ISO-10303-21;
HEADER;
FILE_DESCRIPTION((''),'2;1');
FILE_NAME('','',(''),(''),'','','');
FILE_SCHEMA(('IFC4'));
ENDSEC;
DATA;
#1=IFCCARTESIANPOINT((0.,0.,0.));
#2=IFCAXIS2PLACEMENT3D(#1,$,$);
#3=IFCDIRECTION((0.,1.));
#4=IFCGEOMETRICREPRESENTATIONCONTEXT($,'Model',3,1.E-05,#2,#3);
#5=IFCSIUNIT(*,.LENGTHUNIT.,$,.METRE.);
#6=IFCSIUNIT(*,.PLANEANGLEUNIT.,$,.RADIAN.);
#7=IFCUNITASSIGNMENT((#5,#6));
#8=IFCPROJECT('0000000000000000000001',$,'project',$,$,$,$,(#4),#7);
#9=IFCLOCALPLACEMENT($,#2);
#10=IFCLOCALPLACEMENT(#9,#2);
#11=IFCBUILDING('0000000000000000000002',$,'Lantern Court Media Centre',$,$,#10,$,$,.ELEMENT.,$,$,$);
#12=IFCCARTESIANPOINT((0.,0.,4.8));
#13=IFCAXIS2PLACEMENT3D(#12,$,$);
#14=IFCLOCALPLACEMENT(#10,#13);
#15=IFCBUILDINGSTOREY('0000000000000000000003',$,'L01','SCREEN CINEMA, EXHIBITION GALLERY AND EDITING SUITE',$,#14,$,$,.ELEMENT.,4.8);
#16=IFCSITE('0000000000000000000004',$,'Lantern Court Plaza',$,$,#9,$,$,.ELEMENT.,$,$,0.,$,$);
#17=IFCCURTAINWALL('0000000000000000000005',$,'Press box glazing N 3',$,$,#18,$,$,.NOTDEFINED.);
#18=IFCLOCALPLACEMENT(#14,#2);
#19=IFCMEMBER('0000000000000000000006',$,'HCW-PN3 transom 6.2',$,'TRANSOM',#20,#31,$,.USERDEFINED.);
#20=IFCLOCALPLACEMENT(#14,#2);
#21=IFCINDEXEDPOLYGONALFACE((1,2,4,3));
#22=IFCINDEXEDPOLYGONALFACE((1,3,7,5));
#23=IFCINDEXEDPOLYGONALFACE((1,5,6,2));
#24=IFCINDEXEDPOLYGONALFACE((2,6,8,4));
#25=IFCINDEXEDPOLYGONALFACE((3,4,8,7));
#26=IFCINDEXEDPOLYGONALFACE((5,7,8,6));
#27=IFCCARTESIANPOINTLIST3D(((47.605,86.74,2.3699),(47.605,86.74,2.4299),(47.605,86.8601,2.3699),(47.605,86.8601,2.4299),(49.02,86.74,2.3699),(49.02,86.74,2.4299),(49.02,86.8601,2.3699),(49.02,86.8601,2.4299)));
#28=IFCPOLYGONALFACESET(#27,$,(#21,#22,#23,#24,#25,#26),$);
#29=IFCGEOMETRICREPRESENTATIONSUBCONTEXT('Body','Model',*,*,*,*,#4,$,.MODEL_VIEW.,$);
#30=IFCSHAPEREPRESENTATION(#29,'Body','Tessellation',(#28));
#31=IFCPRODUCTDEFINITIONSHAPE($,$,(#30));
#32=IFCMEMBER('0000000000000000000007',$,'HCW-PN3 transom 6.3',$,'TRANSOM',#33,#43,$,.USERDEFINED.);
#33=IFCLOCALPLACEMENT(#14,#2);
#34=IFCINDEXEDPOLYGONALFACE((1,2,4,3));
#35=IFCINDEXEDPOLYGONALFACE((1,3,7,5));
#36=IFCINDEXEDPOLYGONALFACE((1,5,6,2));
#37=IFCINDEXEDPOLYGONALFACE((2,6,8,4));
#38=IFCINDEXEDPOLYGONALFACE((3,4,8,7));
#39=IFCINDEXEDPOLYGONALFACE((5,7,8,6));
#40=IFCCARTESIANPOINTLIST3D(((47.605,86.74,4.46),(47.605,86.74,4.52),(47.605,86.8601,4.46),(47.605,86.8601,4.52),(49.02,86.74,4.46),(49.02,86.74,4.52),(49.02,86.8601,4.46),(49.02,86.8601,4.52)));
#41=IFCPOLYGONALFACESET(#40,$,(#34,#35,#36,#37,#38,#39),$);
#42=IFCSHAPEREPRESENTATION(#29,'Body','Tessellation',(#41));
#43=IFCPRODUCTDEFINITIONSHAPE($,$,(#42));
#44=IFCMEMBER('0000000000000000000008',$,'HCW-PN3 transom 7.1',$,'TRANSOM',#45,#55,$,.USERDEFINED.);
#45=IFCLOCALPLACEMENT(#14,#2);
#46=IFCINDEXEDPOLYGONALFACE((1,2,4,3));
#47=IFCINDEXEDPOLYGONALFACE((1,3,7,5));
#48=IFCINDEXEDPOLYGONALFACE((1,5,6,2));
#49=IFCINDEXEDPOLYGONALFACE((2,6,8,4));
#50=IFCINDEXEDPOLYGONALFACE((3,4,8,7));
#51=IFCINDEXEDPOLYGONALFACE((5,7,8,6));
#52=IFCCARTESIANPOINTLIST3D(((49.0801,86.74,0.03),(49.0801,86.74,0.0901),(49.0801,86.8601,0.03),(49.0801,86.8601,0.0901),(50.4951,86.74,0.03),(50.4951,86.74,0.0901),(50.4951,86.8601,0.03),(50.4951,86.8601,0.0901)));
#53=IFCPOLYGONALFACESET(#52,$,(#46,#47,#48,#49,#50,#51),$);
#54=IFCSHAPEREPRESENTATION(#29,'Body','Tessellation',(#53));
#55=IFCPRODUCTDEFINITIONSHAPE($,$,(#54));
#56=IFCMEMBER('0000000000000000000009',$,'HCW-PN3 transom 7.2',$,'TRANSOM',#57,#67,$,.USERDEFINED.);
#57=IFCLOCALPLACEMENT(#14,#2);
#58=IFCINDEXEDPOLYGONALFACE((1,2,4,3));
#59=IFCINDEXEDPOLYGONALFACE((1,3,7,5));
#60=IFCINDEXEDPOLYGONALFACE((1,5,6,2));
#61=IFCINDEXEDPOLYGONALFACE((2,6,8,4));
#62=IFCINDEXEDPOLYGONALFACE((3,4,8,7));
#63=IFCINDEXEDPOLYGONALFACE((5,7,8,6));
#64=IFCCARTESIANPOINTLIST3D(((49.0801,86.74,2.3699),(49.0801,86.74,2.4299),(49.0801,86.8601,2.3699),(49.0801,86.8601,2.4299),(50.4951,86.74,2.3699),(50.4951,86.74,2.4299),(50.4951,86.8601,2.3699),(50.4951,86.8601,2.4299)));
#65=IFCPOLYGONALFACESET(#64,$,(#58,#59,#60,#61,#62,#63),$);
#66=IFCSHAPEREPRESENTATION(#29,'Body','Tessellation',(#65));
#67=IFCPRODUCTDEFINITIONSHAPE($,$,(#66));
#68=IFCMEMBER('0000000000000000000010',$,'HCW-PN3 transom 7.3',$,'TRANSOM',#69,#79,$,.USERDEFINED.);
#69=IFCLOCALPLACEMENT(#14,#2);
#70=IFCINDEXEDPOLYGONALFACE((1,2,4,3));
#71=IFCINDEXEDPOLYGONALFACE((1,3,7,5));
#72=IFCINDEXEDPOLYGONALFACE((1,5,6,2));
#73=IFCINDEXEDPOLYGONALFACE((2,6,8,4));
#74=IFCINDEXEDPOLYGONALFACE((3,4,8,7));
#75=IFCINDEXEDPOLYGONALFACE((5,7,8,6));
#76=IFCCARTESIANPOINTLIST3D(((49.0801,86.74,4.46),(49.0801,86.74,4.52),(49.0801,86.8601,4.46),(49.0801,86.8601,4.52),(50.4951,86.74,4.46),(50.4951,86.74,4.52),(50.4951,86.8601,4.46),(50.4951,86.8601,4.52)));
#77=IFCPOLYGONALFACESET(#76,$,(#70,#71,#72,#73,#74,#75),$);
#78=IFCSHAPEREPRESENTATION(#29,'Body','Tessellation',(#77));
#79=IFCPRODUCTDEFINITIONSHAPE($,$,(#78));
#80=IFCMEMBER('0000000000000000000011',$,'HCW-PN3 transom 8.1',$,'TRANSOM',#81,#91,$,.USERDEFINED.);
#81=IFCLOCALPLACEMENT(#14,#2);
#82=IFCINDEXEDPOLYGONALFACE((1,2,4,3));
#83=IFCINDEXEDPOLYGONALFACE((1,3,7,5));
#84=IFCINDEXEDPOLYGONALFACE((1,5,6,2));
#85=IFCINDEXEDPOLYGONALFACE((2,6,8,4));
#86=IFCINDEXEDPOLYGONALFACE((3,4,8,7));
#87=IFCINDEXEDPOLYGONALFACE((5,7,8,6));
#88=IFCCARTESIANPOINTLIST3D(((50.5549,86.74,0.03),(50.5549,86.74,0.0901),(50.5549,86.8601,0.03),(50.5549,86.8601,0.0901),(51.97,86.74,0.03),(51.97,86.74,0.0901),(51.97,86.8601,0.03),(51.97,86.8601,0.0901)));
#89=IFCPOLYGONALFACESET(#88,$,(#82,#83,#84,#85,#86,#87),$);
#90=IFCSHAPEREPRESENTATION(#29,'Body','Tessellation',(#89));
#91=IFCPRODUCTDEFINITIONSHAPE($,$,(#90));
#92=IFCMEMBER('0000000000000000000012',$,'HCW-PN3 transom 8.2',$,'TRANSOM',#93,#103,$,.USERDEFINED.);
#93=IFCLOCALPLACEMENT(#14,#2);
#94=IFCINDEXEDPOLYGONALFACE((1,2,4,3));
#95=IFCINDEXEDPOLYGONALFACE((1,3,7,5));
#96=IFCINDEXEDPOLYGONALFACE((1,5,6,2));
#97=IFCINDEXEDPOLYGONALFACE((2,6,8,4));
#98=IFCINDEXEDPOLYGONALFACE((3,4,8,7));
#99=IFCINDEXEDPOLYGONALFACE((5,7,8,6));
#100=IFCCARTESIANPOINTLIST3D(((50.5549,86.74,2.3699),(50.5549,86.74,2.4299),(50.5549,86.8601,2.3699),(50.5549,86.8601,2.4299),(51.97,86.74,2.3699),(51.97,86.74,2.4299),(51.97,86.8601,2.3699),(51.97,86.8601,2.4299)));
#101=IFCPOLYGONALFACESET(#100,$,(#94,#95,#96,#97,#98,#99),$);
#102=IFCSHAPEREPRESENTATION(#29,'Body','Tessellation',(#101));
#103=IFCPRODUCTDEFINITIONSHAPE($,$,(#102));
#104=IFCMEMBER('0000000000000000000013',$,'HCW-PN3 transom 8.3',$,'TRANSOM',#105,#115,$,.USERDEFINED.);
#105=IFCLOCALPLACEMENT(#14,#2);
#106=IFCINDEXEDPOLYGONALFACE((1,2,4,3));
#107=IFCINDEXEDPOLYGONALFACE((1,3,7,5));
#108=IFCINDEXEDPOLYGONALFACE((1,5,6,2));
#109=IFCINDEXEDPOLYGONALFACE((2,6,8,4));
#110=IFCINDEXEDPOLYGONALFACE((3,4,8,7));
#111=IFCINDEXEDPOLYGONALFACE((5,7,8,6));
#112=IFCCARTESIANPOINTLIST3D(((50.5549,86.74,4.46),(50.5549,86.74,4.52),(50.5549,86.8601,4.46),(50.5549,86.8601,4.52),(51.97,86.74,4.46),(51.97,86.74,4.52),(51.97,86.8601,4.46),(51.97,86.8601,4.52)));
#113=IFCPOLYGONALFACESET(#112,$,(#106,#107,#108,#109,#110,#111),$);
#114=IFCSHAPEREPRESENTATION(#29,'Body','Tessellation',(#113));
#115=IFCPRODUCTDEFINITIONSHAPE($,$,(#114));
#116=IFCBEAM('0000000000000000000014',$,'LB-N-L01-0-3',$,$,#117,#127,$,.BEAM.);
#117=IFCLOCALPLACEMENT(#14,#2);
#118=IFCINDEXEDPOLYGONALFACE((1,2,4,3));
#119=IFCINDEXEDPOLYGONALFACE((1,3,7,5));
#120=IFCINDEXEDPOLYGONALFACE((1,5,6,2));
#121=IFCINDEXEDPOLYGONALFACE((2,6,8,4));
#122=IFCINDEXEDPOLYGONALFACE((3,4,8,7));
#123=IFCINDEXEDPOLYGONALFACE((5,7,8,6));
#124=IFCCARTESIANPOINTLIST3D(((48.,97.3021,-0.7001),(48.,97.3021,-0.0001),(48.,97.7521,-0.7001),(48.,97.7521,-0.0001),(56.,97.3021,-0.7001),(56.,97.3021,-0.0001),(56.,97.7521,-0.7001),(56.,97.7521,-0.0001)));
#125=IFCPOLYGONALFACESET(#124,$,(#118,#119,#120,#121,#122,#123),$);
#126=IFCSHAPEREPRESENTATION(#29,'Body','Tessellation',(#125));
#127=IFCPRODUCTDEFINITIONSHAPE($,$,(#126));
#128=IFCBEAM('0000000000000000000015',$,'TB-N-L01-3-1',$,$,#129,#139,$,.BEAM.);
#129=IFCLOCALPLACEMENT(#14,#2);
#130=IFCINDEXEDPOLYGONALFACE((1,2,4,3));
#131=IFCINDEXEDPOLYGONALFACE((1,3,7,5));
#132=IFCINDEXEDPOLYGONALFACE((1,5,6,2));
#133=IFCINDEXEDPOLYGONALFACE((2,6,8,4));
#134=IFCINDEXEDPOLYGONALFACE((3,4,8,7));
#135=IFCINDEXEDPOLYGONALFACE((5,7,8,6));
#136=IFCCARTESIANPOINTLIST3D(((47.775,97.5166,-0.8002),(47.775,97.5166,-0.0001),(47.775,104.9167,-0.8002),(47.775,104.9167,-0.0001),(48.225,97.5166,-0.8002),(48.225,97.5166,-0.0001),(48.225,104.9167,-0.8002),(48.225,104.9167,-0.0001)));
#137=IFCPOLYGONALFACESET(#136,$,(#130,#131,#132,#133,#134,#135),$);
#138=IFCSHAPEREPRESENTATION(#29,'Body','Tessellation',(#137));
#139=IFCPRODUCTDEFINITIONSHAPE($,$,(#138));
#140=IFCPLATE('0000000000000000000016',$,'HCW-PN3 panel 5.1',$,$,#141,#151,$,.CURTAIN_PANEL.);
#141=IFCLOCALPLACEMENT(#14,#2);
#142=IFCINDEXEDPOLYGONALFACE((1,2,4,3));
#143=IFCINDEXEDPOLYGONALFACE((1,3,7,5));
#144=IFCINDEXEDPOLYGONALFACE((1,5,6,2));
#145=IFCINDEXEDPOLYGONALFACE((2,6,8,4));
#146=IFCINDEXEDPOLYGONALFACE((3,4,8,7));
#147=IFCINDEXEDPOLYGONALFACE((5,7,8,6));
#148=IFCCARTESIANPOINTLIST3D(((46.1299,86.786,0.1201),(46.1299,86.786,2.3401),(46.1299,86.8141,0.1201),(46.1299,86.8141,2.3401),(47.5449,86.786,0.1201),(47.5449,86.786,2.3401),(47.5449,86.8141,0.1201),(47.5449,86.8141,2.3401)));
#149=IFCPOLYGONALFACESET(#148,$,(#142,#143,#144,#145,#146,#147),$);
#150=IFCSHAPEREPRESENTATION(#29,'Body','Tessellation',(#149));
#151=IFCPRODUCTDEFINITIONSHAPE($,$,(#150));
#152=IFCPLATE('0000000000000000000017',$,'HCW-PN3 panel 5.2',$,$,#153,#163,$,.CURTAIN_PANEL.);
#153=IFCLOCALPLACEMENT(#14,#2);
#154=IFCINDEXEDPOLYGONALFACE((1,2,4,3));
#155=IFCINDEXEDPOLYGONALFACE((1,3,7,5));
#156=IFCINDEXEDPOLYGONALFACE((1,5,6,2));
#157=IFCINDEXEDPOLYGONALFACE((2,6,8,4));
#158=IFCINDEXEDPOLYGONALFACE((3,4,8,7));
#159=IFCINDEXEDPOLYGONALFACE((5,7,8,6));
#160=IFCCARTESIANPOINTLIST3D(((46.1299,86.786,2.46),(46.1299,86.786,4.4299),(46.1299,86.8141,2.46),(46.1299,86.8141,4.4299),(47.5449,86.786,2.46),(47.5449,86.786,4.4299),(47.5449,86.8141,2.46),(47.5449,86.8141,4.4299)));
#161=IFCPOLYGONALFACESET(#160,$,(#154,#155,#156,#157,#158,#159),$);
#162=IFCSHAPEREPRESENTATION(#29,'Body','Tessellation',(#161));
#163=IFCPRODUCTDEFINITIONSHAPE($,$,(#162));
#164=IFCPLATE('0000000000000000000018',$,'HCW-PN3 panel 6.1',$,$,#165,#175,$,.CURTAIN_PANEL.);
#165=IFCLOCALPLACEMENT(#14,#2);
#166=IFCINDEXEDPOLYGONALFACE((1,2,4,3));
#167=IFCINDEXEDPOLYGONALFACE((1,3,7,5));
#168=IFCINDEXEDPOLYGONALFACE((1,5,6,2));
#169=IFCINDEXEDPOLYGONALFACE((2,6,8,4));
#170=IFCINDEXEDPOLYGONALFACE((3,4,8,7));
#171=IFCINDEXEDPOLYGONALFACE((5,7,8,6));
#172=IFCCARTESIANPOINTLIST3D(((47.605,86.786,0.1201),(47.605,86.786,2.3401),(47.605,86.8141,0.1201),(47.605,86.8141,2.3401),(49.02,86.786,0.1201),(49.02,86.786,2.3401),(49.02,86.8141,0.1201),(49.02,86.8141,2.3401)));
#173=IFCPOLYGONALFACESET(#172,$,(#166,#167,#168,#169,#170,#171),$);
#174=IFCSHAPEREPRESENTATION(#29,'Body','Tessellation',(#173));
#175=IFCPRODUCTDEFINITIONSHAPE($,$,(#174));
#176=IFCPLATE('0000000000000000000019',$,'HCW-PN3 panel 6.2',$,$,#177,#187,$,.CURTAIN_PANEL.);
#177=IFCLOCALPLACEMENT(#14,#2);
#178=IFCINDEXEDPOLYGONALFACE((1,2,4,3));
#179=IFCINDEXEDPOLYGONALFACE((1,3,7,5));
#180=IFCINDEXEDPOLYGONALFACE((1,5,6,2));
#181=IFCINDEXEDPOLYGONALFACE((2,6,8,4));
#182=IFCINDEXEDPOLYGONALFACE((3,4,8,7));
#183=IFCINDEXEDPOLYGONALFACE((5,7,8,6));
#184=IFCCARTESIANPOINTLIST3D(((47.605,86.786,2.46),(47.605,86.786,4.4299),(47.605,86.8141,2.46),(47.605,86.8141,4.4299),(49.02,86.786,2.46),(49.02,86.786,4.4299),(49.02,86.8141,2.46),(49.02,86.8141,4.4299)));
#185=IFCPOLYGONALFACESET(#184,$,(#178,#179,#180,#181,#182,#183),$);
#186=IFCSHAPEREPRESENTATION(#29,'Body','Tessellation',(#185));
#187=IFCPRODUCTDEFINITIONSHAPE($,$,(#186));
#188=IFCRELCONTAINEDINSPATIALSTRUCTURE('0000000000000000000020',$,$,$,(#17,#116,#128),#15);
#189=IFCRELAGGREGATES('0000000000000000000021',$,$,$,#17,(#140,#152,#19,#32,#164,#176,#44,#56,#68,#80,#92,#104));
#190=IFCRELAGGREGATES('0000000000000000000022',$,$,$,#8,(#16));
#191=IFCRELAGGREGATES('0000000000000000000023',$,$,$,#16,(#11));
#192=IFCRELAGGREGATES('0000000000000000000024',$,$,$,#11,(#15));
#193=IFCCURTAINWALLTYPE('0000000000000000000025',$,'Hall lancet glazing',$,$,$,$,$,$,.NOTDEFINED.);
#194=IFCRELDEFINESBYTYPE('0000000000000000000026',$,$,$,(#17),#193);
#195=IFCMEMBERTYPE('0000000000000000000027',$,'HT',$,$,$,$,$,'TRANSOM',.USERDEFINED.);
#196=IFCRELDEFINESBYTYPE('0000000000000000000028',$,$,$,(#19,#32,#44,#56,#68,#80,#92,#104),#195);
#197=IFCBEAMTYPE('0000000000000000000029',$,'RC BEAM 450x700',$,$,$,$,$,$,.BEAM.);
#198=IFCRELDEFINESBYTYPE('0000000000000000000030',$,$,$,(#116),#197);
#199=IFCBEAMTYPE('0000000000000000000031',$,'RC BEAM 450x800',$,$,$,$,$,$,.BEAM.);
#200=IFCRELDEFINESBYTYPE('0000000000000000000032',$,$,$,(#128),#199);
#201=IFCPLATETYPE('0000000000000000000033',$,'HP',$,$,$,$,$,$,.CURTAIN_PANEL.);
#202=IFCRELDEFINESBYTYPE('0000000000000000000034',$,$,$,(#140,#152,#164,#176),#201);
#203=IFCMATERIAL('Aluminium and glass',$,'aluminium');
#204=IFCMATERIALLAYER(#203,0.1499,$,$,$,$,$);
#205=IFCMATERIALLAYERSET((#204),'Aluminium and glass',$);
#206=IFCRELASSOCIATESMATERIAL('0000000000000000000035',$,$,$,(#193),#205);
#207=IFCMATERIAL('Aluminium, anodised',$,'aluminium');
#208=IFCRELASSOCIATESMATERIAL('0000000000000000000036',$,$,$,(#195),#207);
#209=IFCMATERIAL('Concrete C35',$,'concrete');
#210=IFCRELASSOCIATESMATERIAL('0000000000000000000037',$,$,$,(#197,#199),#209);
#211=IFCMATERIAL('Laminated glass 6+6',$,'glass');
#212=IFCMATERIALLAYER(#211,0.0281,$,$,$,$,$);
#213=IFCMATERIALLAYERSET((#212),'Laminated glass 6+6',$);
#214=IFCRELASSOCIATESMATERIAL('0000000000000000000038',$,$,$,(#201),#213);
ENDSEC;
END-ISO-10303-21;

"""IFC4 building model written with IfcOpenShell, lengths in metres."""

from ifc_helpers import new_model, si_unit, direction, frame, origin, origin_2d, place, context, subcontext, project, spatial, rectangle, extrude, material, layer, layer_set, material_profile, profile_set, type_object, element, aggregate, save


model = new_model("IFC4")

# Units and contexts
model_context = context("Model", 3, precision=1e-05, world=origin(), true_north=direction((0.0, 1.0)))
body_context = subcontext(model_context, "Body", "Model", "MODEL_VIEW")
ifc_project = project(units=[si_unit("LENGTHUNIT", "METRE"), si_unit("PLANEANGLEUNIT", "RADIAN")], contexts=[model_context])

# Site, building, storey
site_placement = place(None, origin())
site = spatial("IfcSite", under=ifc_project, at=site_placement, Name="Lantern Court Plaza", CompositionType="ELEMENT", RefElevation=0.0)
building_placement = place(site_placement, origin())
building = spatial("IfcBuilding", under=site, at=building_placement, Name="Lantern Court Media Centre", CompositionType="ELEMENT")
storey_placement = place(building_placement, frame((0.0, 0.0, 4.8)))
storey = spatial("IfcBuildingStorey", under=building, at=storey_placement, Name="L01", Description="SCREEN CINEMA, EXHIBITION GALLERY AND EDITING SUITE", CompositionType="ELEMENT", Elevation=4.8)

# Shared definitions
ifc_material_1 = material(Name="Concrete C35", Category="concrete")

# Curtain wall, members
ifc_material_2 = material(Name="Aluminium and glass", Category="aluminium")
ifc_layer_1 = layer(ifc_material_2, 0.1499)
ifc_layer_set_1 = layer_set([ifc_layer_1], Name="Aluminium and glass")
curtain_wall_type_1 = type_object("IfcCurtainWallType", Name="Hall lancet glazing", PredefinedType="NOTDEFINED", material=ifc_layer_set_1)
curtain_wall_1_placement = place(storey_placement, origin())
curtain_wall_1 = element("IfcCurtainWall", 1, at=curtain_wall_1_placement, inside=storey, type_object=curtain_wall_type_1, Name="Press box glazing N 3", PredefinedType="NOTDEFINED")
ifc_material_3 = material(Name="Aluminium, anodised", Category="aluminium")
ifc_material_profile_1 = material_profile(ifc_material_3, rectangle(XDim=0.1201, YDim=0.0601, at=origin_2d()), Name="HT")
ifc_profile_set_1 = profile_set([ifc_material_profile_1], Name="Aluminium, anodised")
member_type_1 = type_object("IfcMemberType", Name="HT", ElementType="TRANSOM", PredefinedType="USERDEFINED", material=ifc_profile_set_1)
member_1_placement = place(storey_placement, frame((47.605, 86.8, 2.3999), z_axis=(1.0, 0.0, 0.0), x_axis=(0.0, 1.0, 0.0)))
member_1 = element("IfcMember", 2, at=member_1_placement, type_object=member_type_1, Name="HCW-PN3 transom 6.2", ObjectType="TRANSOM", PredefinedType="USERDEFINED", context=body_context, shape_type="SweptSolid", body=[
    extrude(rectangle(XDim=0.1201, YDim=0.0601, at=origin_2d()), origin(), (0.0, 0.0, 1.0), 1.415),
])
member_2_placement = place(storey_placement, frame((47.605, 86.8, 4.49), z_axis=(1.0, 0.0, 0.0), x_axis=(0.0, 1.0, 0.0)))
member_2 = element("IfcMember", 3, at=member_2_placement, type_object=member_type_1, Name="HCW-PN3 transom 6.3", ObjectType="TRANSOM", PredefinedType="USERDEFINED", context=body_context, shape_type="SweptSolid", body=[
    extrude(rectangle(XDim=0.1201, YDim=0.0601, at=origin_2d()), origin(), (0.0, 0.0, 1.0), 1.415),
])
member_3_placement = place(storey_placement, frame((49.0801, 86.8, 0.0601), z_axis=(1.0, 0.0, 0.0), x_axis=(0.0, 1.0, 0.0)))
member_3 = element("IfcMember", 4, at=member_3_placement, type_object=member_type_1, Name="HCW-PN3 transom 7.1", ObjectType="TRANSOM", PredefinedType="USERDEFINED", context=body_context, shape_type="SweptSolid", body=[
    extrude(rectangle(XDim=0.1201, YDim=0.0601, at=origin_2d()), origin(), (0.0, 0.0, 1.0), 1.415),
])
member_4_placement = place(storey_placement, frame((49.0801, 86.8, 2.3999), z_axis=(1.0, 0.0, 0.0), x_axis=(0.0, 1.0, 0.0)))
member_4 = element("IfcMember", 5, at=member_4_placement, type_object=member_type_1, Name="HCW-PN3 transom 7.2", ObjectType="TRANSOM", PredefinedType="USERDEFINED", context=body_context, shape_type="SweptSolid", body=[
    extrude(rectangle(XDim=0.1201, YDim=0.0601, at=origin_2d()), origin(), (0.0, 0.0, 1.0), 1.415),
])
member_5_placement = place(storey_placement, frame((49.0801, 86.8, 4.49), z_axis=(1.0, 0.0, 0.0), x_axis=(0.0, 1.0, 0.0)))
member_5 = element("IfcMember", 6, at=member_5_placement, type_object=member_type_1, Name="HCW-PN3 transom 7.3", ObjectType="TRANSOM", PredefinedType="USERDEFINED", context=body_context, shape_type="SweptSolid", body=[
    extrude(rectangle(XDim=0.1201, YDim=0.0601, at=origin_2d()), origin(), (0.0, 0.0, 1.0), 1.415),
])
member_6_placement = place(storey_placement, frame((50.5549, 86.8, 0.0601), z_axis=(1.0, 0.0, 0.0), x_axis=(0.0, 1.0, 0.0)))
member_6 = element("IfcMember", 7, at=member_6_placement, type_object=member_type_1, Name="HCW-PN3 transom 8.1", ObjectType="TRANSOM", PredefinedType="USERDEFINED", context=body_context, shape_type="SweptSolid", body=[
    extrude(rectangle(XDim=0.1201, YDim=0.0601, at=origin_2d()), origin(), (0.0, 0.0, 1.0), 1.415),
])
member_7_placement = place(storey_placement, frame((50.5549, 86.8, 2.3999), z_axis=(1.0, 0.0, 0.0), x_axis=(0.0, 1.0, 0.0)))
member_7 = element("IfcMember", 8, at=member_7_placement, type_object=member_type_1, Name="HCW-PN3 transom 8.2", ObjectType="TRANSOM", PredefinedType="USERDEFINED", context=body_context, shape_type="SweptSolid", body=[
    extrude(rectangle(XDim=0.1201, YDim=0.0601, at=origin_2d()), origin(), (0.0, 0.0, 1.0), 1.415),
])
member_8_placement = place(storey_placement, frame((50.5549, 86.8, 4.49), z_axis=(1.0, 0.0, 0.0), x_axis=(0.0, 1.0, 0.0)))
member_8 = element("IfcMember", 9, at=member_8_placement, type_object=member_type_1, Name="HCW-PN3 transom 8.3", ObjectType="TRANSOM", PredefinedType="USERDEFINED", context=body_context, shape_type="SweptSolid", body=[
    extrude(rectangle(XDim=0.1201, YDim=0.0601, at=origin_2d()), origin(), (0.0, 0.0, 1.0), 1.415),
])

# Beams
ifc_material_profile_2 = material_profile(ifc_material_1, rectangle(XDim=0.45, YDim=0.7, at=origin_2d()), Name="RC 450x700")
ifc_profile_set_2 = profile_set([ifc_material_profile_2], Name="Concrete C35")
beam_type_1 = type_object("IfcBeamType", Name="RC BEAM 450x700", PredefinedType="BEAM", material=ifc_profile_set_2)
beam_1_placement = place(storey_placement, frame((48.0, 97.5271, -0.3501), z_axis=(1.0, 0.0, 0.0), x_axis=(0.0, 1.0, 0.0)))
element("IfcBeam", 10, at=beam_1_placement, inside=storey, type_object=beam_type_1, Name="LB-N-L01-0-3", PredefinedType="BEAM", context=body_context, shape_type="SweptSolid", body=[
    extrude(rectangle(XDim=0.45, YDim=0.7, at=origin_2d()), origin(), (0.0, 0.0, 1.0), 8.0),
])
ifc_material_profile_3 = material_profile(ifc_material_1, rectangle(XDim=0.45, YDim=0.8, at=origin_2d()), Name="RC 450x800")
ifc_profile_set_3 = profile_set([ifc_material_profile_3], Name="Concrete C35")
beam_type_2 = type_object("IfcBeamType", Name="RC BEAM 450x800", PredefinedType="BEAM", material=ifc_profile_set_3)
beam_2_placement = place(storey_placement, frame((48.0, 97.5166, -0.4001), z_axis=(0.0, 1.0, 0.0), x_axis=(-1.0, 0.0, 0.0)))
element("IfcBeam", 11, at=beam_2_placement, inside=storey, type_object=beam_type_2, Name="TB-N-L01-3-1", PredefinedType="BEAM", context=body_context, shape_type="SweptSolid", body=[
    extrude(rectangle(XDim=0.45, YDim=0.8, at=origin_2d()), origin(), (0.0, 0.0, 1.0), 7.4001),
])

# Plates
ifc_material_4 = material(Name="Laminated glass 6+6", Category="glass")
ifc_layer_2 = layer(ifc_material_4, 0.0281)
ifc_layer_set_2 = layer_set([ifc_layer_2], Name="Laminated glass 6+6")
plate_type = type_object("IfcPlateType", Name="HP", PredefinedType="CURTAIN_PANEL", material=ifc_layer_set_2)
plate_1_placement = place(storey_placement, frame((46.8374, 86.8, 0.1201), z_axis=(0.0, 0.0, 1.0), x_axis=(1.0, 0.0, 0.0)))
plate_1 = element("IfcPlate", 12, at=plate_1_placement, type_object=plate_type, Name="HCW-PN3 panel 5.1", PredefinedType="CURTAIN_PANEL", context=body_context, shape_type="SweptSolid", body=[
    extrude(rectangle(XDim=1.415, YDim=0.0281, at=origin_2d()), origin(), (0.0, 0.0, 1.0), 2.22),
])
plate_2_placement = place(storey_placement, frame((46.8374, 86.8, 2.46), z_axis=(0.0, 0.0, 1.0), x_axis=(1.0, 0.0, 0.0)))
plate_2 = element("IfcPlate", 13, at=plate_2_placement, type_object=plate_type, Name="HCW-PN3 panel 5.2", PredefinedType="CURTAIN_PANEL", context=body_context, shape_type="SweptSolid", body=[
    extrude(rectangle(XDim=1.415, YDim=0.0281, at=origin_2d()), origin(), (0.0, 0.0, 1.0), 1.97),
])
plate_3_placement = place(storey_placement, frame((48.3125, 86.8, 0.1201), z_axis=(0.0, 0.0, 1.0), x_axis=(1.0, 0.0, 0.0)))
plate_3 = element("IfcPlate", 14, at=plate_3_placement, type_object=plate_type, Name="HCW-PN3 panel 6.1", PredefinedType="CURTAIN_PANEL", context=body_context, shape_type="SweptSolid", body=[
    extrude(rectangle(XDim=1.415, YDim=0.0281, at=origin_2d()), origin(), (0.0, 0.0, 1.0), 2.22),
])
plate_4_placement = place(storey_placement, frame((48.3125, 86.8, 2.46), z_axis=(0.0, 0.0, 1.0), x_axis=(1.0, 0.0, 0.0)))
plate_4 = element("IfcPlate", 15, at=plate_4_placement, type_object=plate_type, Name="HCW-PN3 panel 6.2", PredefinedType="CURTAIN_PANEL", context=body_context, shape_type="SweptSolid", body=[
    extrude(rectangle(XDim=1.415, YDim=0.0281, at=origin_2d()), origin(), (0.0, 0.0, 1.0), 1.97),
])
aggregate(curtain_wall_1, [plate_1, plate_2, member_1, member_2, plate_3, plate_4, member_3, member_4, member_5, member_6, member_7, member_8])

save(model, "model.ifc")
